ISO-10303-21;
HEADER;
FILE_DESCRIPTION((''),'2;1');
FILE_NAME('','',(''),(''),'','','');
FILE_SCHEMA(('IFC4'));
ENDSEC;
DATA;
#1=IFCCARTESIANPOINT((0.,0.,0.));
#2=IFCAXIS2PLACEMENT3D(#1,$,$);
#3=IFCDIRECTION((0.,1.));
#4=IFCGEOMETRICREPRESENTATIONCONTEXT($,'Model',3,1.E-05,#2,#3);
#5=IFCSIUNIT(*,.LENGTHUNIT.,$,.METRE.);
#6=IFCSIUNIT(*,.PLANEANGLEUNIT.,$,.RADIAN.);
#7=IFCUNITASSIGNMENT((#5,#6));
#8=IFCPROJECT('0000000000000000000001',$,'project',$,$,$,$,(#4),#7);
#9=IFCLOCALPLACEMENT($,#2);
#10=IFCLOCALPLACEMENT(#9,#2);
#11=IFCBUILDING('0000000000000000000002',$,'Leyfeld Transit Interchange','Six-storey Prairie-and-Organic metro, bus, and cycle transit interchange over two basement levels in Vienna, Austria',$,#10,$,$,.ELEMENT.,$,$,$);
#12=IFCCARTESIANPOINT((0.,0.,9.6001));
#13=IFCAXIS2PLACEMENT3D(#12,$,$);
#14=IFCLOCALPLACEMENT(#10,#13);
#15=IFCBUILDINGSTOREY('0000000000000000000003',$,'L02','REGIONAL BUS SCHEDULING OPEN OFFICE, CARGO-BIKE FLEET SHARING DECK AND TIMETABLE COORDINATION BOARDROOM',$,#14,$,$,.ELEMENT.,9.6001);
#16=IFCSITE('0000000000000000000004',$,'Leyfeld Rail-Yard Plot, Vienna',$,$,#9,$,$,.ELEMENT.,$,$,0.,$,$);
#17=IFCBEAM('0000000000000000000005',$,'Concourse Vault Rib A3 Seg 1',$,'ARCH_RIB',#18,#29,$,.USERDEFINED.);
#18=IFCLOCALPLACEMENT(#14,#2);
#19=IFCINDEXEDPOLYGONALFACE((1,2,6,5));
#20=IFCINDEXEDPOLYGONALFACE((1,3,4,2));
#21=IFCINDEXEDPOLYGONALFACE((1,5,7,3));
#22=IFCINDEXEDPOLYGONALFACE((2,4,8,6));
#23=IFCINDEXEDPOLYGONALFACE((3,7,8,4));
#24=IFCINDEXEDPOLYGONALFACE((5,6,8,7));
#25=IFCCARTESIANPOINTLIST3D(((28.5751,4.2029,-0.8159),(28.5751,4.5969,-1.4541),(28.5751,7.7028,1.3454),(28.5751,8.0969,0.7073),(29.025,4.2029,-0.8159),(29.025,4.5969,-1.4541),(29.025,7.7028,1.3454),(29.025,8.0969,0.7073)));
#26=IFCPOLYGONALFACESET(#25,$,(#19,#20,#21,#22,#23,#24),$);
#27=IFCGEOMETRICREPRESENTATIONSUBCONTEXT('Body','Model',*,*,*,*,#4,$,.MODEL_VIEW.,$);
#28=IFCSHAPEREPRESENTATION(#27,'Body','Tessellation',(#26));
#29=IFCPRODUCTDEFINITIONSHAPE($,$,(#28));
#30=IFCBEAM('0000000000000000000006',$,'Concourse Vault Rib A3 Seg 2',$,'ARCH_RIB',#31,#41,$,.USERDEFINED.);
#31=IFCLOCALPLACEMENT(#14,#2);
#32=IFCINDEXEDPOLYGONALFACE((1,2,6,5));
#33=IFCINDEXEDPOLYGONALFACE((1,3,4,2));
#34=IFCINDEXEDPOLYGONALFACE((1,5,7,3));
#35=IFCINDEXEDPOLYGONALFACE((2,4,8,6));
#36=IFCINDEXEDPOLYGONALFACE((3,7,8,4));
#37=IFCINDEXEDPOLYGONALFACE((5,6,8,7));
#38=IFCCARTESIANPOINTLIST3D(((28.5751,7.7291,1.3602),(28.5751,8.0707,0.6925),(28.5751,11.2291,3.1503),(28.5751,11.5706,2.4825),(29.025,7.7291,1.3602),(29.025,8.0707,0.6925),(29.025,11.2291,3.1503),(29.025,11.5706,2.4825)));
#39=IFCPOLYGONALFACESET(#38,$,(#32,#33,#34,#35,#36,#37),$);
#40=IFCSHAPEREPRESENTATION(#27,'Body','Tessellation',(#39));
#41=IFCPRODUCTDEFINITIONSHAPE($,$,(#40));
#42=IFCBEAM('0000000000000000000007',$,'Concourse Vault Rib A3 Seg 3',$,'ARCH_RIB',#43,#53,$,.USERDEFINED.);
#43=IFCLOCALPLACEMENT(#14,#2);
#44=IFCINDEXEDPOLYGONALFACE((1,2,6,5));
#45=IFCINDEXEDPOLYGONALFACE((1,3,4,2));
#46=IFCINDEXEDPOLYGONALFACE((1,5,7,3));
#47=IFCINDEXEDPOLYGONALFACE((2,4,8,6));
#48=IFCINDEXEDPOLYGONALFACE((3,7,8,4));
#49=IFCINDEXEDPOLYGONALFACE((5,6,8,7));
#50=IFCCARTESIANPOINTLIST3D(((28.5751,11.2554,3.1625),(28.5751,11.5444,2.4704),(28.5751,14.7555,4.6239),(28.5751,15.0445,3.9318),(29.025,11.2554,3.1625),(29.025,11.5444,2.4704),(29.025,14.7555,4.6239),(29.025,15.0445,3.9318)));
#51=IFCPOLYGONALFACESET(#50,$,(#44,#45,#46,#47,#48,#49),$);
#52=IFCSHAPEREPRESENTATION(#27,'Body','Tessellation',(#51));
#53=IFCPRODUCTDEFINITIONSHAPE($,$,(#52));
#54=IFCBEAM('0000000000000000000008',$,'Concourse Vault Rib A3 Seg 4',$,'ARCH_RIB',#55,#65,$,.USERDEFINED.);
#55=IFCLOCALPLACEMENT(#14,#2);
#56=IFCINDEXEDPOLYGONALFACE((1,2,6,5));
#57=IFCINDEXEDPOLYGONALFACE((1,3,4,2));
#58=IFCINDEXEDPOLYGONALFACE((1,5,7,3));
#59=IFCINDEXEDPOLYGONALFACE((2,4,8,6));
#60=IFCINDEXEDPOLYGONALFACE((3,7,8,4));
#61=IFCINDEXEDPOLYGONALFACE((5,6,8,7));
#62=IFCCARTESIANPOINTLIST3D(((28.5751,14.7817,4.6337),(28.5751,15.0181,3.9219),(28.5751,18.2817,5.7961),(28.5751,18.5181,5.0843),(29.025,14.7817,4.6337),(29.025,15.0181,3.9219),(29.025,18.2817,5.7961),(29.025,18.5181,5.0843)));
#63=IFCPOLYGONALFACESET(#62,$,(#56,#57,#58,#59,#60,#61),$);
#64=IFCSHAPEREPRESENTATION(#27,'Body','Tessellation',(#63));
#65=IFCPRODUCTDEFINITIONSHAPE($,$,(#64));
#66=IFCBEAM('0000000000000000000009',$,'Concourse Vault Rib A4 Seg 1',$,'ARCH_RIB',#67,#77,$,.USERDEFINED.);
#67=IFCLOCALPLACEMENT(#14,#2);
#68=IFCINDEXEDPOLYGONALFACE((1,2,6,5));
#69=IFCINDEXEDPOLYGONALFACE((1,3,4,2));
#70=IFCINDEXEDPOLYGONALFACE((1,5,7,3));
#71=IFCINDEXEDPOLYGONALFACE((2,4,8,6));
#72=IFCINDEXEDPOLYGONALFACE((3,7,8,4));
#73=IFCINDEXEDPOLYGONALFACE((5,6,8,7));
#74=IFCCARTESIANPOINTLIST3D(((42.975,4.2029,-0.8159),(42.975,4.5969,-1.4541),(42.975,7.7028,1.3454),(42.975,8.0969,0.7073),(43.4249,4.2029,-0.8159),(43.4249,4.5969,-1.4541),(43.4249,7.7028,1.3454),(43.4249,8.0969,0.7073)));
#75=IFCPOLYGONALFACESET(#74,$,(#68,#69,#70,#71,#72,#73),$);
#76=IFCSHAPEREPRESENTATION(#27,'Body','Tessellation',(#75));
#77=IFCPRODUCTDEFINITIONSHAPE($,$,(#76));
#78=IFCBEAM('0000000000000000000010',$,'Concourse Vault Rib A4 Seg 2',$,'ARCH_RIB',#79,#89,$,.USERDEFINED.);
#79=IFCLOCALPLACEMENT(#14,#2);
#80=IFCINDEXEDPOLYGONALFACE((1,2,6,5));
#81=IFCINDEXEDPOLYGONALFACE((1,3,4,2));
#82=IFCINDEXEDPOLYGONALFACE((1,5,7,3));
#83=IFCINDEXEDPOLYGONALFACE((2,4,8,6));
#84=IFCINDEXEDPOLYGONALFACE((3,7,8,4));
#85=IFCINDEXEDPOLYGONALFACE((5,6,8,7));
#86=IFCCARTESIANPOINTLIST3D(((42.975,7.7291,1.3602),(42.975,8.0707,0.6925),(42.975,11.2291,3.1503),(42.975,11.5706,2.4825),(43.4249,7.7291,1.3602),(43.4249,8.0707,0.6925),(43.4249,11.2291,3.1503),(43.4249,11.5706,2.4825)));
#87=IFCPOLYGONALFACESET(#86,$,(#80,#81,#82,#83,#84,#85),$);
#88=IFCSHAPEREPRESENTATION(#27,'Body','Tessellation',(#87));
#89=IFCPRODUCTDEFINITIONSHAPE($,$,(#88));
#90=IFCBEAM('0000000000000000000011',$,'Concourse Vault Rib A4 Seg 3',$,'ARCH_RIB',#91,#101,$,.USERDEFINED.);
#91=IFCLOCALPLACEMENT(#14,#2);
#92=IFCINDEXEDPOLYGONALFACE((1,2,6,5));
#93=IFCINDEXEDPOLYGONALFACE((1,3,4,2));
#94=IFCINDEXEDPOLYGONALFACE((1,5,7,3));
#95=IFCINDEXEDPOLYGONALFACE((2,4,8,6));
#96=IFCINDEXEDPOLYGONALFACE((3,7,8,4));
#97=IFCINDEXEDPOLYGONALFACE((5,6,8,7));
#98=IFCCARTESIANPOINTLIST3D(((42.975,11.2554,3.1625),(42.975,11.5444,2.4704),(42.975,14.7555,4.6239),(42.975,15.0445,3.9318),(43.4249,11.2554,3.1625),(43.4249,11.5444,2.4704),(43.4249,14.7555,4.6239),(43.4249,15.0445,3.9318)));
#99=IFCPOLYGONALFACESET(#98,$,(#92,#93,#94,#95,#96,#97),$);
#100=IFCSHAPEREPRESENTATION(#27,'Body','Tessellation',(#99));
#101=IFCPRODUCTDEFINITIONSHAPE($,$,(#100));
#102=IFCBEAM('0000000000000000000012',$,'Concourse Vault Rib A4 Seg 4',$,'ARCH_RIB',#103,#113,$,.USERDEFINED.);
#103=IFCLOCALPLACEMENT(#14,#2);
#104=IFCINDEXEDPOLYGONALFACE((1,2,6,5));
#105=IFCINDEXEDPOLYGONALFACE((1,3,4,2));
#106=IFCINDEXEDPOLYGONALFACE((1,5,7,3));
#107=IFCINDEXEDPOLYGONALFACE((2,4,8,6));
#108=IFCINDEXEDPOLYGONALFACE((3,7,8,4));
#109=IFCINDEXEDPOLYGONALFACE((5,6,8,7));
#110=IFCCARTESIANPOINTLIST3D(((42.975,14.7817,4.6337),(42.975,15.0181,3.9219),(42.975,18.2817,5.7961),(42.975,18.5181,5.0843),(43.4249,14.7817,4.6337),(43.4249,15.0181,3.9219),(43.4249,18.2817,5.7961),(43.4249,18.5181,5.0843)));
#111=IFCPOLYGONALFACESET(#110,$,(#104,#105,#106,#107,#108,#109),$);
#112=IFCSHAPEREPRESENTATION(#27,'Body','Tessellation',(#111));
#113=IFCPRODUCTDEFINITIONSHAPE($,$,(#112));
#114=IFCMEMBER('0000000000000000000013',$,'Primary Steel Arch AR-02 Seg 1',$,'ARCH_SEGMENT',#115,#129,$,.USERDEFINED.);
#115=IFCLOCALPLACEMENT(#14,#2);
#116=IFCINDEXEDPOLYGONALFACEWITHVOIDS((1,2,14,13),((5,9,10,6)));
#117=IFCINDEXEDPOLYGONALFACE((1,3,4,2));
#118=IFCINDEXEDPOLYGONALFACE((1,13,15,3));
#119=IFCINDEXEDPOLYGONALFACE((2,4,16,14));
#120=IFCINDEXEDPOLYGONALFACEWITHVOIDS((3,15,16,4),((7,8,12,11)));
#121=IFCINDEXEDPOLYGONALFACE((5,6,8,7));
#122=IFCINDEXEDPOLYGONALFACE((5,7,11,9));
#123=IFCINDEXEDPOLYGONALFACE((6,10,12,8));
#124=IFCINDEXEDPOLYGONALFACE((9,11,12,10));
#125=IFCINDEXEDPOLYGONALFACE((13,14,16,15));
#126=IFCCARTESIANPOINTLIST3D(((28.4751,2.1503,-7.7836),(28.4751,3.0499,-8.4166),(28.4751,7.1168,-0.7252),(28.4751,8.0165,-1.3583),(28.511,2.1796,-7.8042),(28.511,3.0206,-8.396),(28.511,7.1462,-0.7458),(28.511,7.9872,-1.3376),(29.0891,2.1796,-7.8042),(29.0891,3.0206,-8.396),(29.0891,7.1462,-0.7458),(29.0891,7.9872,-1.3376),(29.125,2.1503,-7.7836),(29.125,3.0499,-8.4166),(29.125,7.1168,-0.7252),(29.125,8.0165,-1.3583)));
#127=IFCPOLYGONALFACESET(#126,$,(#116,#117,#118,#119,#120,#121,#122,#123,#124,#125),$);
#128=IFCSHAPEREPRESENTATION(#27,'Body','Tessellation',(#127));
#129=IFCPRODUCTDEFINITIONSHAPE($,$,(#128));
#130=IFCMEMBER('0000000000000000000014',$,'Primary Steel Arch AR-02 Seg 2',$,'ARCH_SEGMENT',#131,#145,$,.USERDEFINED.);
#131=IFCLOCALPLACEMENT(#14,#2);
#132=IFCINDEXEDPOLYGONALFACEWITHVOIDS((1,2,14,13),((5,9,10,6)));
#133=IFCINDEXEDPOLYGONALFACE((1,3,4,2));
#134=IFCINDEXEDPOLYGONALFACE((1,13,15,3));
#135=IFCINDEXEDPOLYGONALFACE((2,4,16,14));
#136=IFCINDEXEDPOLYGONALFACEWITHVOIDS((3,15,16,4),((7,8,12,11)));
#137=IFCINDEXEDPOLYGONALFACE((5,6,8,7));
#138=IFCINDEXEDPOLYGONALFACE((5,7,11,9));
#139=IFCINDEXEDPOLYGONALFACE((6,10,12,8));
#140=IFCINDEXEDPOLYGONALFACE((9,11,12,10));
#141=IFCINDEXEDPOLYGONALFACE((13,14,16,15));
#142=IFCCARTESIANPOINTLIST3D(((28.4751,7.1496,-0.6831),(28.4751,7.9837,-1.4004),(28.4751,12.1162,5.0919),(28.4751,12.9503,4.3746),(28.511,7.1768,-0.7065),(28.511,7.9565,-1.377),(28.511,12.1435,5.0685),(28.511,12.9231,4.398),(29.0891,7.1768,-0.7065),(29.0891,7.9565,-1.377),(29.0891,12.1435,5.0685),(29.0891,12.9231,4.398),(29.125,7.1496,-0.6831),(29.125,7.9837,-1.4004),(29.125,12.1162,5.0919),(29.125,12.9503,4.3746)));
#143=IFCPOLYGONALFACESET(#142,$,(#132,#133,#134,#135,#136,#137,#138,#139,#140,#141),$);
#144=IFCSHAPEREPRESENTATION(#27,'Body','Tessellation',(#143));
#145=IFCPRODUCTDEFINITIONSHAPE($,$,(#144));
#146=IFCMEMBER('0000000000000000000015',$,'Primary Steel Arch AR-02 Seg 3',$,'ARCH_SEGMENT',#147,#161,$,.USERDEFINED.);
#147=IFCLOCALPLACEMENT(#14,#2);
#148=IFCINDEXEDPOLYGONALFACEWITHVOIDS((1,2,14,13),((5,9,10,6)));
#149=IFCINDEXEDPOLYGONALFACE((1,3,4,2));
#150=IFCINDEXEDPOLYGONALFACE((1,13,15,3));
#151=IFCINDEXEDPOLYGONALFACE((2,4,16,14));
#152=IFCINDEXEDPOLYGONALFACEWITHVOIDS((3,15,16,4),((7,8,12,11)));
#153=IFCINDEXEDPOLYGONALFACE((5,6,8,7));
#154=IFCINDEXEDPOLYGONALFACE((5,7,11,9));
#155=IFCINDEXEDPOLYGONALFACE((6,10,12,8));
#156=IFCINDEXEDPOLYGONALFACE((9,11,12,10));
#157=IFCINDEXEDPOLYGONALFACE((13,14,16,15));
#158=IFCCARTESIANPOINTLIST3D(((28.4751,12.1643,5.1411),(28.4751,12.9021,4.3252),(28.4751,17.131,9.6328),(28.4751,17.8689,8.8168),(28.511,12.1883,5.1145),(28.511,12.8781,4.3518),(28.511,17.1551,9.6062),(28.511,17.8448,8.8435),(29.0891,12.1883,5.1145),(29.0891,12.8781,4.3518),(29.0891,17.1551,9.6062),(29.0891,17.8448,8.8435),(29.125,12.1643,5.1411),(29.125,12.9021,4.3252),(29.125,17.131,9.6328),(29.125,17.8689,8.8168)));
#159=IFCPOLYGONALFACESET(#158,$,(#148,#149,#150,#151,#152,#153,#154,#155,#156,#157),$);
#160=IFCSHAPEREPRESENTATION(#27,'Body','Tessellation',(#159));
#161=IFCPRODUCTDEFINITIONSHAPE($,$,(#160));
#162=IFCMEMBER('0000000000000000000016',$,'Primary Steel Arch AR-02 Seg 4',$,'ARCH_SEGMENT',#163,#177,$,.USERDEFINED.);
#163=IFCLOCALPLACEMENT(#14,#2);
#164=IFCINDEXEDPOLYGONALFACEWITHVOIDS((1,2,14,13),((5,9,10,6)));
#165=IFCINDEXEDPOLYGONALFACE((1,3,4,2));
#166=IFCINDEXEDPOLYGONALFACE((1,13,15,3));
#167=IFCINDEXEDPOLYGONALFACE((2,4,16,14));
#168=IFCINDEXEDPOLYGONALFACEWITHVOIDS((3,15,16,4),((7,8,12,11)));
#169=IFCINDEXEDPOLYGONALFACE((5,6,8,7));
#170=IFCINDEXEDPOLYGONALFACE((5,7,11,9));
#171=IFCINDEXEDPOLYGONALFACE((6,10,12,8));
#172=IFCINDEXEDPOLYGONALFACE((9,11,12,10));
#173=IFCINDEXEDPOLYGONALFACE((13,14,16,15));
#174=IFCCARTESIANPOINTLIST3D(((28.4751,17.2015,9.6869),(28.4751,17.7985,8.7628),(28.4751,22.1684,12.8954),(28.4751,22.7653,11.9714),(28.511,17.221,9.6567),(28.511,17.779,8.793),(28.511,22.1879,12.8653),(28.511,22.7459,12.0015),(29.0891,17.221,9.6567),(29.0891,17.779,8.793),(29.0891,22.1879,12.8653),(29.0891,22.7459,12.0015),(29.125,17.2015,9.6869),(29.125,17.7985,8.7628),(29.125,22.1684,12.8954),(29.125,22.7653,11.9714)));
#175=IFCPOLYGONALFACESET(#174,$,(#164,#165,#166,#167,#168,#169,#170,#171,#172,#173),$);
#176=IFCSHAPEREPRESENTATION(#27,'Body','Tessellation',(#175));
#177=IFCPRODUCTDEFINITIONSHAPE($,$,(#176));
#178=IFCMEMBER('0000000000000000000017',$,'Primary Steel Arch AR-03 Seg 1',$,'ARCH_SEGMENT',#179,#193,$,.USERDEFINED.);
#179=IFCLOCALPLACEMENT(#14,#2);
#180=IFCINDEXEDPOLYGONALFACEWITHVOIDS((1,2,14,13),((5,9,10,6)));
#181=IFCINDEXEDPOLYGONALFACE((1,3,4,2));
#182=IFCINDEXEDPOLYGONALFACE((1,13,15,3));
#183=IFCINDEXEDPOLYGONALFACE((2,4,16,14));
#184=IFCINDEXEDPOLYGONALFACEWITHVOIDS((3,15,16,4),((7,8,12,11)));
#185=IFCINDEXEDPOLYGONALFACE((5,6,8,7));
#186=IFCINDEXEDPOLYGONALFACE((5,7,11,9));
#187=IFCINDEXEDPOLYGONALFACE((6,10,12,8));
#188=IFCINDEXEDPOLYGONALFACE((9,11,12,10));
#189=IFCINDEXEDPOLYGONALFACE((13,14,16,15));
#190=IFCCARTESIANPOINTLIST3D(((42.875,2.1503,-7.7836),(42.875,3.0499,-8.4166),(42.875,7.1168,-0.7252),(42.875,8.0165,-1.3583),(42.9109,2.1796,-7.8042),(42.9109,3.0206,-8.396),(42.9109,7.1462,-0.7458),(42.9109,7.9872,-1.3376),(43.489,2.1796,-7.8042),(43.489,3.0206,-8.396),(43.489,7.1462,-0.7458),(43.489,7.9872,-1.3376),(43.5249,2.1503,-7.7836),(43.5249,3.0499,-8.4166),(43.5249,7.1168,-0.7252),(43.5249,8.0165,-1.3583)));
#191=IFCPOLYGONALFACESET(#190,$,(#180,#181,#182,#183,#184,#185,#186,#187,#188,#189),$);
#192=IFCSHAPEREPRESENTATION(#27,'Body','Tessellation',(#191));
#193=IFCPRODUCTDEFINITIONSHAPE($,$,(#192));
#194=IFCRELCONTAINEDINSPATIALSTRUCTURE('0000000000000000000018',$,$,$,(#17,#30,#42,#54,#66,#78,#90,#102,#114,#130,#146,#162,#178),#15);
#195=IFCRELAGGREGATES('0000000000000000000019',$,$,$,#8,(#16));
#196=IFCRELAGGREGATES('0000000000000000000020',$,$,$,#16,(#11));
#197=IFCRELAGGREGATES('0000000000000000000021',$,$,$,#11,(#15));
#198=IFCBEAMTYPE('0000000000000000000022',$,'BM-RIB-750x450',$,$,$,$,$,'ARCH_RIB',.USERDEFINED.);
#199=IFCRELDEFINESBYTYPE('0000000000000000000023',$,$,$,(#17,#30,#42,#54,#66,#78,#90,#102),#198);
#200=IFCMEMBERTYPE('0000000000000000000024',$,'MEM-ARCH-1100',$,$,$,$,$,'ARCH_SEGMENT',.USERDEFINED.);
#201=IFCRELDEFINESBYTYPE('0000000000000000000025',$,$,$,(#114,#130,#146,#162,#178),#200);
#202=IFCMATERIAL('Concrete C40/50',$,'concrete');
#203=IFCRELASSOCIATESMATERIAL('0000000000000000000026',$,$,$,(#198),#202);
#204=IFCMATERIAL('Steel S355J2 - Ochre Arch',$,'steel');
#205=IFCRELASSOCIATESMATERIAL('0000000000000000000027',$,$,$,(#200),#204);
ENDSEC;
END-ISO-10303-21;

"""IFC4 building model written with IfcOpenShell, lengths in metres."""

from ifc_helpers import new_model, si_unit, direction, frame, origin, origin_2d, place, context, subcontext, project, spatial, rectangle, hollow_rectangle, extrude, material, material_profile, profile_set, type_object, element, save


model = new_model("IFC4")

# Units and contexts
model_context = context("Model", 3, precision=1e-05, world=origin(), true_north=direction((0.0, 1.0)))
body_context = subcontext(model_context, "Body", "Model", "MODEL_VIEW")
ifc_project = project(units=[si_unit("LENGTHUNIT", "METRE"), si_unit("PLANEANGLEUNIT", "RADIAN")], contexts=[model_context])

# Site, building, storey
site_placement = place(None, origin())
site = spatial("IfcSite", under=ifc_project, at=site_placement, Name="Leyfeld Rail-Yard Plot, Vienna", CompositionType="ELEMENT", RefElevation=0.0)
building_placement = place(site_placement, origin())
building = spatial("IfcBuilding", under=site, at=building_placement, Name="Leyfeld Transit Interchange", Description="Six-storey Prairie-and-Organic metro, bus, and cycle transit interchange over two basement levels in Vienna, Austria", CompositionType="ELEMENT")
storey_placement = place(building_placement, frame((0.0, 0.0, 9.6001)))
storey = spatial("IfcBuildingStorey", under=building, at=storey_placement, Name="L02", Description="REGIONAL BUS SCHEDULING OPEN OFFICE, CARGO-BIKE FLEET SHARING DECK AND TIMETABLE COORDINATION BOARDROOM", CompositionType="ELEMENT", Elevation=9.6001)

# Beams
ifc_material_1 = material(Name="Concrete C40/50", Category="concrete")
ifc_material_profile_1 = material_profile(ifc_material_1, rectangle(XDim=0.45, YDim=0.75, at=origin_2d()), Name="RC 750x450 RIB")
ifc_profile_set_1 = profile_set([ifc_material_profile_1], Name="Concrete C40/50")
beam_type = type_object("IfcBeamType", Name="BM-RIB-750x450", ElementType="ARCH_RIB", PredefinedType="USERDEFINED", material=ifc_profile_set_1)
beam_1_placement = place(storey_placement, frame((28.8, 4.3999, -1.135), z_axis=(0.0, 0.85084, 0.525425), x_axis=(-1.0, 0.0, 0.0)))
element("IfcBeam", 1, at=beam_1_placement, inside=storey, type_object=beam_type, Name="Concourse Vault Rib A3 Seg 1", ObjectType="ARCH_RIB", PredefinedType="USERDEFINED", context=body_context, shape_type="SweptSolid", body=[
    extrude(rectangle(XDim=0.45, YDim=0.75, at=origin_2d()), origin(), (0.0, 0.0, 1.0), 4.1135),
])
beam_2_placement = place(storey_placement, frame((28.8, 7.8999, 1.0264), z_axis=(0.0, 0.890316, 0.455343), x_axis=(-1.0, 0.0, 0.0)))
element("IfcBeam", 2, at=beam_2_placement, inside=storey, type_object=beam_type, Name="Concourse Vault Rib A3 Seg 2", ObjectType="ARCH_RIB", PredefinedType="USERDEFINED", context=body_context, shape_type="SweptSolid", body=[
    extrude(rectangle(XDim=0.45, YDim=0.75, at=origin_2d()), origin(), (0.0, 0.0, 1.0), 3.9312),
])
beam_3_placement = place(storey_placement, frame((28.8, 11.3999, 2.8164), z_axis=(0.0, 0.922787, 0.38531), x_axis=(-1.0, 0.0, 0.0)))
element("IfcBeam", 3, at=beam_3_placement, inside=storey, type_object=beam_type, Name="Concourse Vault Rib A3 Seg 3", ObjectType="ARCH_RIB", PredefinedType="USERDEFINED", context=body_context, shape_type="SweptSolid", body=[
    extrude(rectangle(XDim=0.45, YDim=0.75, at=origin_2d()), origin(), (0.0, 0.0, 1.0), 3.793),
])
beam_4_placement = place(storey_placement, frame((28.8, 14.8999, 4.2778), z_axis=(0.0, 0.949034, 0.315175), x_axis=(-1.0, 0.0, 0.0)))
element("IfcBeam", 4, at=beam_4_placement, inside=storey, type_object=beam_type, Name="Concourse Vault Rib A3 Seg 4", ObjectType="ARCH_RIB", PredefinedType="USERDEFINED", context=body_context, shape_type="SweptSolid", body=[
    extrude(rectangle(XDim=0.45, YDim=0.75, at=origin_2d()), origin(), (0.0, 0.0, 1.0), 3.688),
])
beam_5_placement = place(storey_placement, frame((43.2, 4.3999, -1.135), z_axis=(0.0, 0.85084, 0.525425), x_axis=(-1.0, 0.0, 0.0)))
element("IfcBeam", 5, at=beam_5_placement, inside=storey, type_object=beam_type, Name="Concourse Vault Rib A4 Seg 1", ObjectType="ARCH_RIB", PredefinedType="USERDEFINED", context=body_context, shape_type="SweptSolid", body=[
    extrude(rectangle(XDim=0.45, YDim=0.75, at=origin_2d()), origin(), (0.0, 0.0, 1.0), 4.1135),
])
beam_6_placement = place(storey_placement, frame((43.2, 7.8999, 1.0264), z_axis=(0.0, 0.890316, 0.455343), x_axis=(-1.0, 0.0, 0.0)))
element("IfcBeam", 6, at=beam_6_placement, inside=storey, type_object=beam_type, Name="Concourse Vault Rib A4 Seg 2", ObjectType="ARCH_RIB", PredefinedType="USERDEFINED", context=body_context, shape_type="SweptSolid", body=[
    extrude(rectangle(XDim=0.45, YDim=0.75, at=origin_2d()), origin(), (0.0, 0.0, 1.0), 3.9312),
])
beam_7_placement = place(storey_placement, frame((43.2, 11.3999, 2.8164), z_axis=(0.0, 0.922787, 0.38531), x_axis=(-1.0, 0.0, 0.0)))
element("IfcBeam", 7, at=beam_7_placement, inside=storey, type_object=beam_type, Name="Concourse Vault Rib A4 Seg 3", ObjectType="ARCH_RIB", PredefinedType="USERDEFINED", context=body_context, shape_type="SweptSolid", body=[
    extrude(rectangle(XDim=0.45, YDim=0.75, at=origin_2d()), origin(), (0.0, 0.0, 1.0), 3.793),
])
beam_8_placement = place(storey_placement, frame((43.2, 14.8999, 4.2778), z_axis=(0.0, 0.949034, 0.315175), x_axis=(-1.0, 0.0, 0.0)))
element("IfcBeam", 8, at=beam_8_placement, inside=storey, type_object=beam_type, Name="Concourse Vault Rib A4 Seg 4", ObjectType="ARCH_RIB", PredefinedType="USERDEFINED", context=body_context, shape_type="SweptSolid", body=[
    extrude(rectangle(XDim=0.45, YDim=0.75, at=origin_2d()), origin(), (0.0, 0.0, 1.0), 3.688),
])

# Members
ifc_material_2 = material(Name="Steel S355J2 - Ochre Arch", Category="steel")
ifc_material_profile_2 = material_profile(ifc_material_2, hollow_rectangle(XDim=0.6499, YDim=1.1001, WallThickness=0.0359, at=origin_2d()), Name="RHS 1100x650x36")
ifc_profile_set_2 = profile_set([ifc_material_profile_2], Name="Steel S355J2 - Ochre Arch")
member_type_1 = type_object("IfcMemberType", Name="MEM-ARCH-1100", ElementType="ARCH_SEGMENT", PredefinedType="USERDEFINED", material=ifc_profile_set_2)
member_1_placement = place(storey_placement, frame((28.8, 2.6001, -8.1001), z_axis=(0.0, 0.57546, 0.81783), x_axis=(-1.0, 0.0, 0.0)))
element("IfcMember", 9, at=member_1_placement, inside=storey, type_object=member_type_1, Name="Primary Steel Arch AR-02 Seg 1", ObjectType="ARCH_SEGMENT", PredefinedType="USERDEFINED", context=body_context, shape_type="SweptSolid", body=[
    extrude(hollow_rectangle(XDim=0.6499, YDim=1.1001, WallThickness=0.0359, at=origin_2d()), origin(), (0.0, 0.0, 1.0), 8.6306),
])
member_2_placement = place(storey_placement, frame((28.8, 7.5667, -1.0417), z_axis=(0.0, 0.65205, 0.758176), x_axis=(-1.0, 0.0, 0.0)))
element("IfcMember", 10, at=member_2_placement, inside=storey, type_object=member_type_1, Name="Primary Steel Arch AR-02 Seg 2", ObjectType="ARCH_SEGMENT", PredefinedType="USERDEFINED", context=body_context, shape_type="SweptSolid", body=[
    extrude(hollow_rectangle(XDim=0.6499, YDim=1.1001, WallThickness=0.0359, at=origin_2d()), origin(), (0.0, 0.0, 1.0), 7.6169),
])
member_3_placement = place(storey_placement, frame((28.8, 12.5332, 4.7332), z_axis=(0.0, 0.741689, 0.670743), x_axis=(-1.0, 0.0, 0.0)))
element("IfcMember", 11, at=member_3_placement, inside=storey, type_object=member_type_1, Name="Primary Steel Arch AR-02 Seg 3", ObjectType="ARCH_SEGMENT", PredefinedType="USERDEFINED", context=body_context, shape_type="SweptSolid", body=[
    extrude(hollow_rectangle(XDim=0.6499, YDim=1.1001, WallThickness=0.0359, at=origin_2d()), origin(), (0.0, 0.0, 1.0), 6.6965),
])
member_4_placement = place(storey_placement, frame((28.8, 17.5, 9.2249), z_axis=(0.0, 0.83998, 0.542618), x_axis=(-1.0, 0.0, 0.0)))
element("IfcMember", 12, at=member_4_placement, inside=storey, type_object=member_type_1, Name="Primary Steel Arch AR-02 Seg 4", ObjectType="ARCH_SEGMENT", PredefinedType="USERDEFINED", context=body_context, shape_type="SweptSolid", body=[
    extrude(hollow_rectangle(XDim=0.6499, YDim=1.1001, WallThickness=0.0359, at=origin_2d()), origin(), (0.0, 0.0, 1.0), 5.9131),
])
member_5_placement = place(storey_placement, frame((43.2, 2.6001, -8.1001), z_axis=(0.0, 0.57546, 0.81783), x_axis=(-1.0, 0.0, 0.0)))
element("IfcMember", 13, at=member_5_placement, inside=storey, type_object=member_type_1, Name="Primary Steel Arch AR-03 Seg 1", ObjectType="ARCH_SEGMENT", PredefinedType="USERDEFINED", context=body_context, shape_type="SweptSolid", body=[
    extrude(hollow_rectangle(XDim=0.6499, YDim=1.1001, WallThickness=0.0359, at=origin_2d()), origin(), (0.0, 0.0, 1.0), 8.6306),
])

save(model, "model.ifc")
